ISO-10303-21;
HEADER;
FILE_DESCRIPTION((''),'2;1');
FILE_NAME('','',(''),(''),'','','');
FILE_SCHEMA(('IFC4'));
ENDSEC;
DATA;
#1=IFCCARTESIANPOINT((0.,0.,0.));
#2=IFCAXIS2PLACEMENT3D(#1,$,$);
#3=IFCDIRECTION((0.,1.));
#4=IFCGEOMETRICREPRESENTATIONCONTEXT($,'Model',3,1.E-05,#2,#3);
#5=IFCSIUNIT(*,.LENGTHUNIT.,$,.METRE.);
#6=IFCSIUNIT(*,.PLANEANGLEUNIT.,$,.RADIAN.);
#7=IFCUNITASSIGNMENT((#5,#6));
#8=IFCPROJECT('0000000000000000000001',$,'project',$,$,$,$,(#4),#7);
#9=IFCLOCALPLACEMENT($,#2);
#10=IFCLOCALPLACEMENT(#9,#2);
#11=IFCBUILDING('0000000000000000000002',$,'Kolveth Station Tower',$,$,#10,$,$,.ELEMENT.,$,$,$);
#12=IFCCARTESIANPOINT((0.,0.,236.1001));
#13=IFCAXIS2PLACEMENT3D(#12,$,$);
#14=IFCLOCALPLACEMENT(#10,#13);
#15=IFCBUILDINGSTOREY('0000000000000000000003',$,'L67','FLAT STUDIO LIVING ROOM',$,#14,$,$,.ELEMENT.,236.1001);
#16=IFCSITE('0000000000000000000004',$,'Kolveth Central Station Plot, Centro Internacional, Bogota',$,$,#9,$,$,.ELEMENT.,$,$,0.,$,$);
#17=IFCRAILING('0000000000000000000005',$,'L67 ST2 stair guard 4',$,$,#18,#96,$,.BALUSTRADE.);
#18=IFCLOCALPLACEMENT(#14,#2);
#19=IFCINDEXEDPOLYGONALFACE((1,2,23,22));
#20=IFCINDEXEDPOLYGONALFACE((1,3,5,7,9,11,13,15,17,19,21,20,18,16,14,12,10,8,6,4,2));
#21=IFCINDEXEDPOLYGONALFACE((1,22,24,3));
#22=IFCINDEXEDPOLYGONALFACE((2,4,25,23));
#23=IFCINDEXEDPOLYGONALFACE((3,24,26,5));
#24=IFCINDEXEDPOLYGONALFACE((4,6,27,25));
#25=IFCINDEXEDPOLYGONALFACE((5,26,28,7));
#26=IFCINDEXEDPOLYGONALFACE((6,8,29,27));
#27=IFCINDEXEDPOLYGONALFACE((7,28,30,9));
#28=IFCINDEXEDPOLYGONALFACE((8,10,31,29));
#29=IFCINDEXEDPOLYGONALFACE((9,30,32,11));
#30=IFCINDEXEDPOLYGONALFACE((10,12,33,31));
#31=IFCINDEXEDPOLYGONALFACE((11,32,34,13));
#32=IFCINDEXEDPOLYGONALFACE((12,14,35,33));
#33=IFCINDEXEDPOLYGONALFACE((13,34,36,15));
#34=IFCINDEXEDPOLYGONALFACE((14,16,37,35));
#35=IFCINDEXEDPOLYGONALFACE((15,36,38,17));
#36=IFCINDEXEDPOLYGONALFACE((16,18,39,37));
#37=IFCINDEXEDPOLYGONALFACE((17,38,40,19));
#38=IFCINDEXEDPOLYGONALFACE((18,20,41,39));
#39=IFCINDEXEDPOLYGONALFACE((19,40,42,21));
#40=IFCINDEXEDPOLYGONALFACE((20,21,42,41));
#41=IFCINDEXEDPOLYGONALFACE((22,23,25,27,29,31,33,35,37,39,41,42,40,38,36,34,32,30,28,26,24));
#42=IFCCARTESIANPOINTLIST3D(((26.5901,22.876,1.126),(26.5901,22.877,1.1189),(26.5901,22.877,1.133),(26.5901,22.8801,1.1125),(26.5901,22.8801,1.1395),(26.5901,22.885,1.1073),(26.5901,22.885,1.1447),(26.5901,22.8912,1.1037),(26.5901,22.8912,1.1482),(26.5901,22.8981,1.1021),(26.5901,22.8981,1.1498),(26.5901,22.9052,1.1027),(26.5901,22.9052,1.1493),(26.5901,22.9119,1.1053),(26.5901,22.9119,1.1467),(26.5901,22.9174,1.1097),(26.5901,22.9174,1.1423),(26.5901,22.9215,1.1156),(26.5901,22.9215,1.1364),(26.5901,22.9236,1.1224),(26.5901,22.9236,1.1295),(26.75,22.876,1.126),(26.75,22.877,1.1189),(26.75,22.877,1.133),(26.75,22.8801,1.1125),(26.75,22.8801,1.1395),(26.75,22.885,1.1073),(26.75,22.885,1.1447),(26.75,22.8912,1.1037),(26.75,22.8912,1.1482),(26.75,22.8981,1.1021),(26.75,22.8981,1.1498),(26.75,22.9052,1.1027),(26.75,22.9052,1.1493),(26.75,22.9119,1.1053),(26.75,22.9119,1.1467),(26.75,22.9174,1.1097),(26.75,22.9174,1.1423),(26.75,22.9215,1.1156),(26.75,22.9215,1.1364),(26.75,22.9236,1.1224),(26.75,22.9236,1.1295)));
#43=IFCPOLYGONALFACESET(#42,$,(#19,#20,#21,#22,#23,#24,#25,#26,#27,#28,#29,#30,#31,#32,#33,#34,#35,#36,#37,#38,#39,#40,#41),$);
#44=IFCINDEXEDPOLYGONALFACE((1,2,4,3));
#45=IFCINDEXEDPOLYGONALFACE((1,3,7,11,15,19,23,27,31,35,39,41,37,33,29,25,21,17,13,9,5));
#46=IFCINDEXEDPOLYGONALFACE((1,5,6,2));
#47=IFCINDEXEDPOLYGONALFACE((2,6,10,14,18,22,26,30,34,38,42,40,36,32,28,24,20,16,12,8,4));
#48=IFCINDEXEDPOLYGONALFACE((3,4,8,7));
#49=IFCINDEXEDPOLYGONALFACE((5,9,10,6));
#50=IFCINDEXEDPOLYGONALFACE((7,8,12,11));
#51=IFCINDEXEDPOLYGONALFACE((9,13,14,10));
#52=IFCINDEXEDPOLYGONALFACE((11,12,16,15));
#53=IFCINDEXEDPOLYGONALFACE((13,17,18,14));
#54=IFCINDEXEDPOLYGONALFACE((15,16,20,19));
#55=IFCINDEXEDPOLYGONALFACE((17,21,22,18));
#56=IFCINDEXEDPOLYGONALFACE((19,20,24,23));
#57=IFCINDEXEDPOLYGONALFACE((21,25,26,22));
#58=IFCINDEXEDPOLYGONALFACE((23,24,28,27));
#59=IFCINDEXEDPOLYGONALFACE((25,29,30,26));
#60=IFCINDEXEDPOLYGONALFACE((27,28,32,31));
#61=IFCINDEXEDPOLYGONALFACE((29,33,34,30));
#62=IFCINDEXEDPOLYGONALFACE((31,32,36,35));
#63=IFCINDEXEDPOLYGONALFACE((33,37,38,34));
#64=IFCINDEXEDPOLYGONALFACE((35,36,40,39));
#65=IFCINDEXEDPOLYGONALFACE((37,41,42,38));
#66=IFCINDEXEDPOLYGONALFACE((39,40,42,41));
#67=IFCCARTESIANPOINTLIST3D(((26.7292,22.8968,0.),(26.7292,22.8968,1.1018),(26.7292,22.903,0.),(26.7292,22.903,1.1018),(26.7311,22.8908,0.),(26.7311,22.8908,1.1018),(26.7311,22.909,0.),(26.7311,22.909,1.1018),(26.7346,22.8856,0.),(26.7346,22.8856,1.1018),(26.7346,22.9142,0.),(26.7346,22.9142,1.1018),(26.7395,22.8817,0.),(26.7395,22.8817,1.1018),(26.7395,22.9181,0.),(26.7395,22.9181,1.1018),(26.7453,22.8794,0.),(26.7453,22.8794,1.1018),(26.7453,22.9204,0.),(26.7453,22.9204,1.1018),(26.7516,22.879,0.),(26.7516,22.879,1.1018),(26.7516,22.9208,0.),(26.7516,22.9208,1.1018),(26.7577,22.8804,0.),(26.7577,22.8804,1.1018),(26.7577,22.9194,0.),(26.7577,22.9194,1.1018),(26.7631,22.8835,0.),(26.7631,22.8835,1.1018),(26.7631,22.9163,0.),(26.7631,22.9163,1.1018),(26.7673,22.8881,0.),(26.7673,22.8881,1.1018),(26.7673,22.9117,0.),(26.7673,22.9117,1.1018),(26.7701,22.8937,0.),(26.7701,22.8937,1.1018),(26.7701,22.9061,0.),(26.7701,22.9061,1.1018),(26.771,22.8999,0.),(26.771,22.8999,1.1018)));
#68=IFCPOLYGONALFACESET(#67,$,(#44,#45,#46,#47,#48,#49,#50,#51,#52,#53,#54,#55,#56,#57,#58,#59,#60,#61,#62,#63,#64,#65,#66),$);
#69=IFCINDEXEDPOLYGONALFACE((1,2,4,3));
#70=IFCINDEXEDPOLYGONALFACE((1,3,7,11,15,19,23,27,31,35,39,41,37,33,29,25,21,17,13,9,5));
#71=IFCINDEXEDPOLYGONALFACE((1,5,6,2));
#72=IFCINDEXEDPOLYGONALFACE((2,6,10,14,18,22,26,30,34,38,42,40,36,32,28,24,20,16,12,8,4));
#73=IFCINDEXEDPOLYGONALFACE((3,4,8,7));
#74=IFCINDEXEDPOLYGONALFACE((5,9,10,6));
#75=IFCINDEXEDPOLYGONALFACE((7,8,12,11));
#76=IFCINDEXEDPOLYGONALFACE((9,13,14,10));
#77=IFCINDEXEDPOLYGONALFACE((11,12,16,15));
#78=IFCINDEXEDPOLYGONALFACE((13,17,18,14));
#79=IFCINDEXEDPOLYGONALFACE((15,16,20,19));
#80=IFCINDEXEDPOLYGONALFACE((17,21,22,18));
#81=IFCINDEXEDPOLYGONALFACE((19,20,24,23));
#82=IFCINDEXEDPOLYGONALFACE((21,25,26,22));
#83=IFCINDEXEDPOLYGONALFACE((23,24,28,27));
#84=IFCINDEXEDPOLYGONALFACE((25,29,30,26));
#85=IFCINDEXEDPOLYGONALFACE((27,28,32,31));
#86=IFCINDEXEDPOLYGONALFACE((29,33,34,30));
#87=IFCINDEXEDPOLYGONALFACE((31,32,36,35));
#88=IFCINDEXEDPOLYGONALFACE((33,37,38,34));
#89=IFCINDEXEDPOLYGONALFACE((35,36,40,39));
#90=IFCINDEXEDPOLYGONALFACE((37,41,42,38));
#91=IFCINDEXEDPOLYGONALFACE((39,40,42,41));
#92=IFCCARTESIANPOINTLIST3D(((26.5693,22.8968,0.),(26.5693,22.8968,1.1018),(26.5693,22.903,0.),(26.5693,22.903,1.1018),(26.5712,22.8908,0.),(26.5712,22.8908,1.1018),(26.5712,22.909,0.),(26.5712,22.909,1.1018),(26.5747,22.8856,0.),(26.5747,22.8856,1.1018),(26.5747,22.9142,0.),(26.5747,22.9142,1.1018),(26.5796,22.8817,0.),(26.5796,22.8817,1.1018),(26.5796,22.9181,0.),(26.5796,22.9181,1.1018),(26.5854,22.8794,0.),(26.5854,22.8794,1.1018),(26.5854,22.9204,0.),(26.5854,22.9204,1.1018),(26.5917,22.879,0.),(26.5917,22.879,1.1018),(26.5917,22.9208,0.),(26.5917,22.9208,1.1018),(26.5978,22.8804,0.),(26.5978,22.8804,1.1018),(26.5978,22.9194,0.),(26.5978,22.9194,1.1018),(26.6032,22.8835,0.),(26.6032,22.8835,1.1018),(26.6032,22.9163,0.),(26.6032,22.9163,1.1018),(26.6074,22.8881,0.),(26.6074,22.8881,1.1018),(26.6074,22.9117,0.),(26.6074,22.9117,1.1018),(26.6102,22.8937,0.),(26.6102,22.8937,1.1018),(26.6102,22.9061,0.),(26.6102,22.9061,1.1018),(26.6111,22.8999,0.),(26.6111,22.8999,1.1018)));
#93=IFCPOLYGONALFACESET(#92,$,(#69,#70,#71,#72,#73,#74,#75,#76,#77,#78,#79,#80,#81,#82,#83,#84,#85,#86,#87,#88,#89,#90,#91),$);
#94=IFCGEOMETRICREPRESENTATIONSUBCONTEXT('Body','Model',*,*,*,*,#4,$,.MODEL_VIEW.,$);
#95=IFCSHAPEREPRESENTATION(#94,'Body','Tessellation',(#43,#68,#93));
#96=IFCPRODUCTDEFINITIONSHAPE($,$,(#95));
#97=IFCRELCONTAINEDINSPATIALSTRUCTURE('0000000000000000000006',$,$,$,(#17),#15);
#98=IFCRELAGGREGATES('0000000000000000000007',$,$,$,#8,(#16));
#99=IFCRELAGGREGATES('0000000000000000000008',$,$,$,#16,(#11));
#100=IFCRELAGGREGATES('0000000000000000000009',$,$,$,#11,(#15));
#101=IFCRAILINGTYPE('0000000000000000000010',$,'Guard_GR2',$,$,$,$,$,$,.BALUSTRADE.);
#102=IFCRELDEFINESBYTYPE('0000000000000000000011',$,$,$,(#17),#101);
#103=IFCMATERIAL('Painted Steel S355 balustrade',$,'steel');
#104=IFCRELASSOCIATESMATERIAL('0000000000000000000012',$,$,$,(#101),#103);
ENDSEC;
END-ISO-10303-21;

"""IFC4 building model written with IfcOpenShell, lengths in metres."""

from ifc_helpers import new_model, si_unit, direction, frame, origin, origin_2d, place, context, subcontext, project, spatial, circle, extrude, material, type_object, element, save


model = new_model("IFC4")

# Units and contexts
model_context = context("Model", 3, precision=1e-05, world=origin(), true_north=direction((0.0, 1.0)))
body_context = subcontext(model_context, "Body", "Model", "MODEL_VIEW")
ifc_project = project(units=[si_unit("LENGTHUNIT", "METRE"), si_unit("PLANEANGLEUNIT", "RADIAN")], contexts=[model_context])

# Site, building, storey
site_placement = place(None, origin())
site = spatial("IfcSite", under=ifc_project, at=site_placement, Name="Kolveth Central Station Plot, Centro Internacional, Bogota", CompositionType="ELEMENT", RefElevation=0.0)
building_placement = place(site_placement, origin())
building = spatial("IfcBuilding", under=site, at=building_placement, Name="Kolveth Station Tower", CompositionType="ELEMENT")
storey_placement = place(building_placement, frame((0.0, 0.0, 236.1001)))
storey = spatial("IfcBuildingStorey", under=building, at=storey_placement, Name="L67", Description="FLAT STUDIO LIVING ROOM", CompositionType="ELEMENT", Elevation=236.1001)

# Railing
ifc_material_1 = material(Name="Painted Steel S355 balustrade", Category="steel")
railing_type_1 = type_object("IfcRailingType", Name="Guard_GR2", PredefinedType="BALUSTRADE", material=ifc_material_1)
railing_1_placement = place(storey_placement, frame((26.75, 22.8999, 0.0)))
element("IfcRailing", 1, at=railing_1_placement, inside=storey, type_object=railing_type_1, Name="L67 ST2 stair guard 4", PredefinedType="BALUSTRADE", context=body_context, shape_type="SweptSolid", body=[
    extrude(circle(Radius=0.0239, at=origin_2d()), frame((0.0, 0.0, 1.126), z_axis=(-1.0, 0.0, 0.0), x_axis=(0.0, -1.0, 0.0)), (0.0, 0.0, 1.0), 0.1599),
    extrude(circle(Radius=0.021, at=origin_2d()), origin(), (0.0, 0.0, 1.0), 1.1018),
    extrude(circle(Radius=0.021, at=origin_2d()), frame((-0.1599, 0.0, 0.0)), (0.0, 0.0, 1.0), 1.1018),
])

save(model, "model.ifc")
